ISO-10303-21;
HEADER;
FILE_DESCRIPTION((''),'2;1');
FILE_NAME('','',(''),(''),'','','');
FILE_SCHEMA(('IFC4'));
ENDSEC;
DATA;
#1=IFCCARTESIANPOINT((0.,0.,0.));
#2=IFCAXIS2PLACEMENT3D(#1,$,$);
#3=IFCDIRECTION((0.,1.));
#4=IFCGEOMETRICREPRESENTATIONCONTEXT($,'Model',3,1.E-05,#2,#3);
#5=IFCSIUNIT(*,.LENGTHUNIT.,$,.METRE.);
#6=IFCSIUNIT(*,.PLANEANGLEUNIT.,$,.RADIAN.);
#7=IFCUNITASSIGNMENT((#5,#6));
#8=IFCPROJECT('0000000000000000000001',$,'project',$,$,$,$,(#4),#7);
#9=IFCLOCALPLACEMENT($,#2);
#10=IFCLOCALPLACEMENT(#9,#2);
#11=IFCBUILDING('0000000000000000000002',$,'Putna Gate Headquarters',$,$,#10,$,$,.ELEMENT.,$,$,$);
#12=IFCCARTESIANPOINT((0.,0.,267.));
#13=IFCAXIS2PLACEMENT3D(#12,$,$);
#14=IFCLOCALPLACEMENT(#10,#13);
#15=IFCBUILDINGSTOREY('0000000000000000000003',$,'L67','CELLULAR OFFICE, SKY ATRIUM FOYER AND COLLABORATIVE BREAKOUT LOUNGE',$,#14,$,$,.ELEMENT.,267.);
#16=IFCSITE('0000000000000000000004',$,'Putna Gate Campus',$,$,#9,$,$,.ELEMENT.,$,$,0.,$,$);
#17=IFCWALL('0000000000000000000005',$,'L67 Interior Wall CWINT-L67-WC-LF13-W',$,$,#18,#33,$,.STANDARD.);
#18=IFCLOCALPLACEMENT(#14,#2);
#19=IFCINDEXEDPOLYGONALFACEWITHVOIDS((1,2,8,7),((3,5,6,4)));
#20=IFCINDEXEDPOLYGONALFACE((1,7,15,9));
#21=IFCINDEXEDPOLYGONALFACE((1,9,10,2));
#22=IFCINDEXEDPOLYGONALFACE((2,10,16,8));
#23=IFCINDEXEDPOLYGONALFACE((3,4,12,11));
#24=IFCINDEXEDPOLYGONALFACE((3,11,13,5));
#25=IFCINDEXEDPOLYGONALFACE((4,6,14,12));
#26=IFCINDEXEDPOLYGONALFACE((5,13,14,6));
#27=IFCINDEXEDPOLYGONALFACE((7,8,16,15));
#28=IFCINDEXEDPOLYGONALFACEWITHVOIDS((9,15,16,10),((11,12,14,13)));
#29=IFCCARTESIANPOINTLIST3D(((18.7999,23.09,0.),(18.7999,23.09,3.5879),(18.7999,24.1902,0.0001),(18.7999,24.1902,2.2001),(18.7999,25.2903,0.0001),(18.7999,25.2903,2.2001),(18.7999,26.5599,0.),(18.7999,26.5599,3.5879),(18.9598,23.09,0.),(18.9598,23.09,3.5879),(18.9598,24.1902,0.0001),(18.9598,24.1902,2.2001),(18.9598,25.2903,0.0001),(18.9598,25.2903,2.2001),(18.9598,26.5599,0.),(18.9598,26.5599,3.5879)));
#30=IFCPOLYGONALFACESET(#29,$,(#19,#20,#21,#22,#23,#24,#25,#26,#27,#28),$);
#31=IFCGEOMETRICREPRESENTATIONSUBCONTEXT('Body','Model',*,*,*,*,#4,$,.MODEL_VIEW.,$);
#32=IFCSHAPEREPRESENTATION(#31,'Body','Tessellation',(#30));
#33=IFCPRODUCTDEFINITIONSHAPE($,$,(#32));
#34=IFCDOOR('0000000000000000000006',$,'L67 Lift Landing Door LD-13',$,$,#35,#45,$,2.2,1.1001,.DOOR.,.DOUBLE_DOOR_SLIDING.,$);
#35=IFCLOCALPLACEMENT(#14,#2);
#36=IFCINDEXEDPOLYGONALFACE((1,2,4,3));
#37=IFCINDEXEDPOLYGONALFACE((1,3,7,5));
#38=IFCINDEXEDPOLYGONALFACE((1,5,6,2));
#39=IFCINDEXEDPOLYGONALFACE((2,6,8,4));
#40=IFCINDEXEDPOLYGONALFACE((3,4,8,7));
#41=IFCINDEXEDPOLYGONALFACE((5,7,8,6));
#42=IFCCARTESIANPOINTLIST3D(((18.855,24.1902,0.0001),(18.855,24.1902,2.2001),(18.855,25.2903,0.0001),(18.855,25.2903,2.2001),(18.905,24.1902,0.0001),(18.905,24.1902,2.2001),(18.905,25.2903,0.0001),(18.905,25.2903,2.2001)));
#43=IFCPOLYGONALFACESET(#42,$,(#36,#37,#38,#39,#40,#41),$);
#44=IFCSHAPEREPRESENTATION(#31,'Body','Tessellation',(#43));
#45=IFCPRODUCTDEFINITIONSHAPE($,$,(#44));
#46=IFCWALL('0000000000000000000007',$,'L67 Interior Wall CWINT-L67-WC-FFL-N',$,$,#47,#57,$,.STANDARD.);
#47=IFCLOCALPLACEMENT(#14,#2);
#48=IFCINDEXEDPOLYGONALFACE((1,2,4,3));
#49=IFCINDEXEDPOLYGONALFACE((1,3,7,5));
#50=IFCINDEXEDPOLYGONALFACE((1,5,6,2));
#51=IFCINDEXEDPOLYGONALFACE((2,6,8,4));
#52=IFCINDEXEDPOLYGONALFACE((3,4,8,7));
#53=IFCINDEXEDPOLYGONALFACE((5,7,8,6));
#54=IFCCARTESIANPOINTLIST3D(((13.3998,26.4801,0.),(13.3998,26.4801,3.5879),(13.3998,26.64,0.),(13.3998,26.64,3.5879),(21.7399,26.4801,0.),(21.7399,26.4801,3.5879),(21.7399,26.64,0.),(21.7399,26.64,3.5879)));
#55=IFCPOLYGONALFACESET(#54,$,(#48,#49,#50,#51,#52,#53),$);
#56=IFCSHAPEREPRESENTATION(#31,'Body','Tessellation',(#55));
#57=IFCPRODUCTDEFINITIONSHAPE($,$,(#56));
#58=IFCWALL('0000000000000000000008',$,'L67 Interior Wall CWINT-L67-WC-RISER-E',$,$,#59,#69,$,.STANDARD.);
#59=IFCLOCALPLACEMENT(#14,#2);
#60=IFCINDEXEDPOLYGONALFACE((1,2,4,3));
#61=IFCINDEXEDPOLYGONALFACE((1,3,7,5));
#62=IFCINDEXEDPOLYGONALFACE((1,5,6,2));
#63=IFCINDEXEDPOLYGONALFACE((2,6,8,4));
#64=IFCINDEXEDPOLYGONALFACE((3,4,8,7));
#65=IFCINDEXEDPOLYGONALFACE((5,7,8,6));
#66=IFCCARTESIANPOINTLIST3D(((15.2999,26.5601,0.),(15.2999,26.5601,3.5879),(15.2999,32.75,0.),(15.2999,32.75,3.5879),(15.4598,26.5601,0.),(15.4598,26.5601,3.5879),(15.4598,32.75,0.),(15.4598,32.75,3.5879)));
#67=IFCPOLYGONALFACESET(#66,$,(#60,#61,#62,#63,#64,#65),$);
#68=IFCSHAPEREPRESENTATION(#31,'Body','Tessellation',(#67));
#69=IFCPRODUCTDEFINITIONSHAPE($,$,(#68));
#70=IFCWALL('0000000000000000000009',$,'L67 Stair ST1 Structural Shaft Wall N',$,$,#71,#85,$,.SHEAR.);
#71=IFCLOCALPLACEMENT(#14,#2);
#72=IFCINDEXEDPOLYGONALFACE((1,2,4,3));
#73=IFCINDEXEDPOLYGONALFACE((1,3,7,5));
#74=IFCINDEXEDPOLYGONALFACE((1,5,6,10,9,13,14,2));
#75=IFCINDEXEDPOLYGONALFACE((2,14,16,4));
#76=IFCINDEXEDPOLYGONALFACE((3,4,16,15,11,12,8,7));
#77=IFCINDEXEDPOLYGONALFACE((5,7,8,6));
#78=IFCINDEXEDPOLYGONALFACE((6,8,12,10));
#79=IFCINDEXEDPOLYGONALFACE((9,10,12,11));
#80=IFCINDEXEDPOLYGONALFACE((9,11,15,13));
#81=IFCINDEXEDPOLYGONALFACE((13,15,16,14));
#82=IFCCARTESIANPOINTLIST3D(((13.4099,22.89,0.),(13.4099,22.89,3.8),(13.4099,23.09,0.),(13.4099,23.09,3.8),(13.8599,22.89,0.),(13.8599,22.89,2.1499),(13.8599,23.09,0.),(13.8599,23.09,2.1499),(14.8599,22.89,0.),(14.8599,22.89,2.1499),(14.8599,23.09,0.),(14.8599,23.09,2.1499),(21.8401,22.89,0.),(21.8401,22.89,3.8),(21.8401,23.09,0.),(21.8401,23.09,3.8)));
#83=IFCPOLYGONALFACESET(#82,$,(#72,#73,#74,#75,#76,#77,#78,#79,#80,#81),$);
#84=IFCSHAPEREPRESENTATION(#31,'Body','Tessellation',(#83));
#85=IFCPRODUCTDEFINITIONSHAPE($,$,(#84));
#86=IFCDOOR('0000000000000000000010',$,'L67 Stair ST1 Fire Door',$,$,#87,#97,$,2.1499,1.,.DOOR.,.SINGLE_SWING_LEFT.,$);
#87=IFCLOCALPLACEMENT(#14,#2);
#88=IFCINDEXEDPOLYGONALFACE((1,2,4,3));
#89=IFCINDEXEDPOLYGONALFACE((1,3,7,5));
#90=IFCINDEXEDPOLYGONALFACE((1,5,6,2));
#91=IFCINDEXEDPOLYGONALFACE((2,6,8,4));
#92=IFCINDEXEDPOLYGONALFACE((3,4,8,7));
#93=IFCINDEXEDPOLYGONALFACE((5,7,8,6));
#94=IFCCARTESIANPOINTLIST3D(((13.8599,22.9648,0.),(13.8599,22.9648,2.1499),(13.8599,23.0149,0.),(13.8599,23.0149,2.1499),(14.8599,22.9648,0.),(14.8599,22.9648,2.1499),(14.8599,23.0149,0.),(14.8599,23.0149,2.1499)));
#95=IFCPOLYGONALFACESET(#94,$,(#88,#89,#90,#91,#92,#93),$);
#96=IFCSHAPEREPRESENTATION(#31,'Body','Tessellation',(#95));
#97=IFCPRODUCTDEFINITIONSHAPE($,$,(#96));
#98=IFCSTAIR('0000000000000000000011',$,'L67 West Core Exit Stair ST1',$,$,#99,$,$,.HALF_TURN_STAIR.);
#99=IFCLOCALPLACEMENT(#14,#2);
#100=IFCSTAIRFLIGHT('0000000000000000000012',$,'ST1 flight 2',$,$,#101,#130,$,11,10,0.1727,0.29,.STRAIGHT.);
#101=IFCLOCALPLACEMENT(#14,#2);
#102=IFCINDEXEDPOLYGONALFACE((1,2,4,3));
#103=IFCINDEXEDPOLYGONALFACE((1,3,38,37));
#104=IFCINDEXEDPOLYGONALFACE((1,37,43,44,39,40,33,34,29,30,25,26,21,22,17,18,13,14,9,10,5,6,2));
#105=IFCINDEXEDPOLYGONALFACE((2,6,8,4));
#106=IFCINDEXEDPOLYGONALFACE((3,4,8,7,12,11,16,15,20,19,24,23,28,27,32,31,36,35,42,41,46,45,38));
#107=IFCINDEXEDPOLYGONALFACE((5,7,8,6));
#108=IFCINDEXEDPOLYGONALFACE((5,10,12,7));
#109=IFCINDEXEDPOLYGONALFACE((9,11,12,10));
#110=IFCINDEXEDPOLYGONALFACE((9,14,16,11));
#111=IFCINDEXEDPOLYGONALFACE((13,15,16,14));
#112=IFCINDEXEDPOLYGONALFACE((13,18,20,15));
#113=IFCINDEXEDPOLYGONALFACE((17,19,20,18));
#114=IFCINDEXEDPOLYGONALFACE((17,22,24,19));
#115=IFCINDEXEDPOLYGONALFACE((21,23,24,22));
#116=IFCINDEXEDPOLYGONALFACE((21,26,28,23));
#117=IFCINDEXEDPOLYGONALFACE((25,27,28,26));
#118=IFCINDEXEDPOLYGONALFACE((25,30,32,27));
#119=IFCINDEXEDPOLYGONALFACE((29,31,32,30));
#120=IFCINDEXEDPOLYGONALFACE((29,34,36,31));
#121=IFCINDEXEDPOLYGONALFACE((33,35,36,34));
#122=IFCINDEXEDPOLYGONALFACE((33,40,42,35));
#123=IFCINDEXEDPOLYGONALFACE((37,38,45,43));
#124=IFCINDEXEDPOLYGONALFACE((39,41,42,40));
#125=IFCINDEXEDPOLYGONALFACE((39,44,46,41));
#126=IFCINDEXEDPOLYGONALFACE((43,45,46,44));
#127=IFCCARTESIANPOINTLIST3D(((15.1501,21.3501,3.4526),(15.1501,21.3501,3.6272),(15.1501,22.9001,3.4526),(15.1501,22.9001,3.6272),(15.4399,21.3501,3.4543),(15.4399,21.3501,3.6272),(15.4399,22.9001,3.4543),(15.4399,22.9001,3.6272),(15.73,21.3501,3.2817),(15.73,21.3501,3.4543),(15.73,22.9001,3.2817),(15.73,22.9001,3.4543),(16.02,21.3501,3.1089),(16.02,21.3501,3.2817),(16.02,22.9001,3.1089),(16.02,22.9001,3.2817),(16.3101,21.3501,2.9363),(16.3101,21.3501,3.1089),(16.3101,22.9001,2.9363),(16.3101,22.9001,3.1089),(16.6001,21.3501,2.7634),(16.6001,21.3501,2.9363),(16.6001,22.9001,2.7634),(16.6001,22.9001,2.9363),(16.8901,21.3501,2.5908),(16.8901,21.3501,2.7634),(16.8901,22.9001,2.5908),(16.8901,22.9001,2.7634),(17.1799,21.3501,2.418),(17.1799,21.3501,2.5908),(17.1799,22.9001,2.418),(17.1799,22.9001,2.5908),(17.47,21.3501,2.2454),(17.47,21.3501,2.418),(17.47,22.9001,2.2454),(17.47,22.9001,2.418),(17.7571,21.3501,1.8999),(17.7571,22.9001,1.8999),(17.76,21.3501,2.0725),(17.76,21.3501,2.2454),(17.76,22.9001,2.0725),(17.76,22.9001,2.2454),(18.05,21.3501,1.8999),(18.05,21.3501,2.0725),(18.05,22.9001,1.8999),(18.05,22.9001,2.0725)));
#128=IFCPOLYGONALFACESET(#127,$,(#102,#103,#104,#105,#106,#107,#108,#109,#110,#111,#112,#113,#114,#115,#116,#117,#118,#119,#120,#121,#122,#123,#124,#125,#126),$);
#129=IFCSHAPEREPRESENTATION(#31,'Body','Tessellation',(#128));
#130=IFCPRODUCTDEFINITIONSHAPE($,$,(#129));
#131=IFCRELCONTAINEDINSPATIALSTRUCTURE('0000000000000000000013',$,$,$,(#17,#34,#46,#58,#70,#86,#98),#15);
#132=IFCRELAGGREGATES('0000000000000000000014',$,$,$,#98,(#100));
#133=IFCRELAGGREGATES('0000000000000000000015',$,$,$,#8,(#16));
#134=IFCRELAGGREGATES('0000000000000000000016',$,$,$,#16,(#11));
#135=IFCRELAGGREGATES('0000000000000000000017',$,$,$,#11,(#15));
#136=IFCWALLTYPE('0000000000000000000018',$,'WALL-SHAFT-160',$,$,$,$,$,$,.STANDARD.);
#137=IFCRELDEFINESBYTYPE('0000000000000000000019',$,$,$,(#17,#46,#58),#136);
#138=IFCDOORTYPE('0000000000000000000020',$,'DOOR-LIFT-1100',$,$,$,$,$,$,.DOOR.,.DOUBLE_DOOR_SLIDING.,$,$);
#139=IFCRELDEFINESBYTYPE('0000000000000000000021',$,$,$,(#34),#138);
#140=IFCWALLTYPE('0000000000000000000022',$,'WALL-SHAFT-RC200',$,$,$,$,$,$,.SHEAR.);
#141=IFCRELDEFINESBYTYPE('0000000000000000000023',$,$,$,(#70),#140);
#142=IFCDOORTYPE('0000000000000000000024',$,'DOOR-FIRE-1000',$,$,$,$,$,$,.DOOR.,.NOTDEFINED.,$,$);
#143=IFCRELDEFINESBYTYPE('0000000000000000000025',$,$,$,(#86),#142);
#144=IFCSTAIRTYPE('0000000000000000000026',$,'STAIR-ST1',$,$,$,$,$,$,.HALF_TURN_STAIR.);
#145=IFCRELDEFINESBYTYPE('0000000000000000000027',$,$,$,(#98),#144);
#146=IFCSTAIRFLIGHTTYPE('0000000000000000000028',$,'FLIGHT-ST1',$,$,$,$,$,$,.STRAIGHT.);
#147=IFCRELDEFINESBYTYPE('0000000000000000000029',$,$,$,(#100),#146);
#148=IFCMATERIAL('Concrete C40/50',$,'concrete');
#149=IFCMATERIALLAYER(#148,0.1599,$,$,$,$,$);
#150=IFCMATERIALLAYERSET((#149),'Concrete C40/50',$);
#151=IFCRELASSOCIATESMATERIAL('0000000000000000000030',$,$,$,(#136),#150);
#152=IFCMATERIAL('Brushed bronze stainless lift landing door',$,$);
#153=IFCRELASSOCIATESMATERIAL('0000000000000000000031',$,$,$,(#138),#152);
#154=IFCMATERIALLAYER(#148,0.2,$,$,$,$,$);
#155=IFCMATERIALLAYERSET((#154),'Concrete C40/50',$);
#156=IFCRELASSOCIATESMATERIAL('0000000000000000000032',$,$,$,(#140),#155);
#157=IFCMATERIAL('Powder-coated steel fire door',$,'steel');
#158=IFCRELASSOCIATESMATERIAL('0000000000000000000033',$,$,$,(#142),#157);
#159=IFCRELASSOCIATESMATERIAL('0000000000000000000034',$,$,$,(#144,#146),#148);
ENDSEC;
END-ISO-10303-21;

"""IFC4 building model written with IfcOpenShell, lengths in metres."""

from ifc_helpers import new_model, si_unit, direction, frame, frame_2d, origin, place, context, subcontext, project, spatial, polyline, rectangle, outline, extrude, material, layer, layer_set, type_object, element, fill, aggregate, save


model = new_model("IFC4")

# Units and contexts
model_context = context("Model", 3, precision=1e-05, world=origin(), true_north=direction((0.0, 1.0)))
body_context = subcontext(model_context, "Body", "Model", "MODEL_VIEW")
ifc_project = project(units=[si_unit("LENGTHUNIT", "METRE"), si_unit("PLANEANGLEUNIT", "RADIAN")], contexts=[model_context])

# Site, building, storey
site_placement = place(None, origin())
site = spatial("IfcSite", under=ifc_project, at=site_placement, Name="Putna Gate Campus", CompositionType="ELEMENT", RefElevation=0.0)
building_placement = place(site_placement, origin())
building = spatial("IfcBuilding", under=site, at=building_placement, Name="Putna Gate Headquarters", CompositionType="ELEMENT")
storey_placement = place(building_placement, frame((0.0, 0.0, 267.0)))
storey = spatial("IfcBuildingStorey", under=building, at=storey_placement, Name="L67", Description="CELLULAR OFFICE, SKY ATRIUM FOYER AND COLLABORATIVE BREAKOUT LOUNGE", CompositionType="ELEMENT", Elevation=267.0)

# Wall, opening, door
ifc_material_1 = material(Name="Concrete C40/50", Category="concrete")
ifc_layer_1 = layer(ifc_material_1, 0.1599)
ifc_layer_set_1 = layer_set([ifc_layer_1], Name="Concrete C40/50")
wall_type_1 = type_object("IfcWallType", Name="WALL-SHAFT-160", PredefinedType="STANDARD", material=ifc_layer_set_1)
wall_1_placement = place(storey_placement, frame((18.8799, 23.0901, 0.0), z_axis=(0.0, 0.0, 1.0), x_axis=(0.0, 1.0, 0.0)))
wall_1 = element("IfcWall", 1, at=wall_1_placement, inside=storey, type_object=wall_type_1, Name="L67 Interior Wall CWINT-L67-WC-LF13-W", PredefinedType="STANDARD", context=body_context, shape_type="SweptSolid", body=[
    extrude(rectangle(XDim=3.47, YDim=0.1599, at=frame_2d((1.7349, 0.0))), origin(), (0.0, 0.0, 1.0), 3.5879),
])
opening_1_placement = place(wall_1_placement, frame((1.1001, 0.0, 0.0)))
opening_1 = element("IfcOpeningElement", 2, at=opening_1_placement, cuts=wall_1, PredefinedType="OPENING", context=body_context, shape_type="SweptSolid", body=[
    extrude(rectangle(XDim=1.1001, YDim=2.2, at=frame_2d((0.55, 1.1001))), frame((0.0, 0.0898, 0.0), z_axis=(0.0, -1.0, 0.0), x_axis=(1.0, 0.0, 0.0)), (0.0, 0.0, 1.0), 0.1799),
])
ifc_material_2 = material(Name="Brushed bronze stainless lift landing door")
door_type_1 = type_object("IfcDoorType", Name="DOOR-LIFT-1100", OperationType="DOUBLE_DOOR_SLIDING", PredefinedType="DOOR", material=ifc_material_2)
door_1_placement = place(opening_1_placement, origin())
door_1 = element("IfcDoor", 3, at=door_1_placement, inside=storey, type_object=door_type_1, Name="L67 Lift Landing Door LD-13", OperationType="DOUBLE_DOOR_SLIDING", OverallHeight=2.2, OverallWidth=1.1001, PredefinedType="DOOR", context=body_context, shape_type="SweptSolid", body=[
    extrude(rectangle(XDim=1.1001, YDim=2.2, at=frame_2d((0.55, 1.1001))), frame((0.0, 0.0249, 0.0), z_axis=(0.0, -1.0, 0.0), x_axis=(1.0, 0.0, 0.0)), (0.0, 0.0, 1.0), 0.05),
])
fill(opening_1, door_1)

# Walls
wall_2_placement = place(storey_placement, frame((13.3999, 26.5601, 0.0), z_axis=(0.0, 0.0, 1.0), x_axis=(1.0, 0.0, 0.0)))
element("IfcWall", 4, at=wall_2_placement, inside=storey, type_object=wall_type_1, Name="L67 Interior Wall CWINT-L67-WC-FFL-N", PredefinedType="STANDARD", context=body_context, shape_type="SweptSolid", body=[
    extrude(rectangle(XDim=8.3401, YDim=0.1599, at=frame_2d((4.1699, 0.0))), origin(), (0.0, 0.0, 1.0), 3.5879),
])
wall_3_placement = place(storey_placement, frame((15.3799, 26.5601, 0.0), z_axis=(0.0, 0.0, 1.0), x_axis=(0.0, 1.0, 0.0)))
element("IfcWall", 5, at=wall_3_placement, inside=storey, type_object=wall_type_1, Name="L67 Interior Wall CWINT-L67-WC-RISER-E", PredefinedType="STANDARD", context=body_context, shape_type="SweptSolid", body=[
    extrude(rectangle(XDim=6.1899, YDim=0.1599, at=frame_2d((3.095, 0.0))), origin(), (0.0, 0.0, 1.0), 3.5879),
])

# Wall, opening, door
ifc_layer_2 = layer(ifc_material_1, 0.2)
ifc_layer_set_2 = layer_set([ifc_layer_2], Name="Concrete C40/50")
wall_type_2 = type_object("IfcWallType", Name="WALL-SHAFT-RC200", PredefinedType="SHEAR", material=ifc_layer_set_2)
wall_4_placement = place(storey_placement, frame((13.4099, 22.99, 0.0), z_axis=(0.0, 0.0, 1.0), x_axis=(1.0, 0.0, 0.0)))
wall_4 = element("IfcWall", 6, at=wall_4_placement, inside=storey, type_object=wall_type_2, Name="L67 Stair ST1 Structural Shaft Wall N", PredefinedType="SHEAR", context=body_context, shape_type="SweptSolid", body=[
    extrude(rectangle(XDim=8.4302, YDim=0.2, at=frame_2d((4.2151, 0.0))), origin(), (0.0, 0.0, 1.0), 3.8),
])
opening_2_placement = place(wall_4_placement, frame((0.45, 0.0, 0.0)))
opening_2 = element("IfcOpeningElement", 7, at=opening_2_placement, cuts=wall_4, PredefinedType="OPENING", context=body_context, shape_type="SweptSolid", body=[
    extrude(rectangle(XDim=1.0, YDim=2.1499, at=frame_2d((0.5, 1.075))), frame((0.0, 0.1099, 0.0), z_axis=(0.0, -1.0, 0.0), x_axis=(1.0, 0.0, 0.0)), (0.0, 0.0, 1.0), 0.22),
])
ifc_material_3 = material(Name="Powder-coated steel fire door", Category="steel")
door_type_2 = type_object("IfcDoorType", Name="DOOR-FIRE-1000", OperationType="NOTDEFINED", PredefinedType="DOOR", material=ifc_material_3)
door_2_placement = place(opening_2_placement, origin())
door_2 = element("IfcDoor", 8, at=door_2_placement, inside=storey, type_object=door_type_2, Name="L67 Stair ST1 Fire Door", OperationType="SINGLE_SWING_LEFT", OverallHeight=2.1499, OverallWidth=1.0, PredefinedType="DOOR", context=body_context, shape_type="SweptSolid", body=[
    extrude(rectangle(XDim=1.0, YDim=2.1499, at=frame_2d((0.5, 1.075))), frame((0.0, 0.0249, 0.0), z_axis=(0.0, -1.0, 0.0), x_axis=(1.0, 0.0, 0.0)), (0.0, 0.0, 1.0), 0.05),
])
fill(opening_2, door_2)

# Stair, stair flight
stair_type = type_object("IfcStairType", Name="STAIR-ST1", PredefinedType="HALF_TURN_STAIR", material=ifc_material_1)
stair_placement = place(storey_placement, origin())
stair = element("IfcStair", 9, at=stair_placement, inside=storey, type_object=stair_type, Name="L67 West Core Exit Stair ST1", PredefinedType="HALF_TURN_STAIR")
stair_flight_type = type_object("IfcStairFlightType", Name="FLIGHT-ST1", PredefinedType="STRAIGHT", material=ifc_material_1)
stair_flight_placement = place(storey_placement, frame((18.05, 22.125, 1.8999), z_axis=(0.0, 0.0, 1.0), x_axis=(-1.0, 0.0, 0.0)))
stair_flight = element("IfcStairFlight", 10, at=stair_flight_placement, type_object=stair_flight_type, Name="ST1 flight 2", NumberOfRisers=11, NumberOfTreads=10, PredefinedType="STRAIGHT", RiserHeight=0.1727, TreadLength=0.29, context=body_context, shape_type="SweptSolid", body=[
    extrude(outline(polyline([(0.0, 0.0), (0.0, 0.1726), (0.29, 0.1726), (0.29, 0.3455), (0.5801, 0.3455), (0.5801, 0.5181), (0.8701, 0.5181), (0.8701, 0.6909), (1.1599, 0.6909), (1.1599, 0.8635), (1.45, 0.8635), (1.45, 1.0364), (1.74, 1.0364), (1.74, 1.209), (2.03, 1.209), (2.03, 1.3818), (2.3201, 1.3818), (2.3201, 1.5544), (2.6101, 1.5544), (2.6101, 1.7273), (2.8999, 1.7273), (2.8999, 1.8999), (2.8999, 1.5527), (0.293, 0.0), (0.0, 0.0)])), frame((0.0, 0.7749, 0.0), z_axis=(0.0, -1.0, 0.0), x_axis=(1.0, 0.0, 0.0)), (0.0, 0.0, 1.0), 1.55),
])
aggregate(stair, [stair_flight])

save(model, "model.ifc")
